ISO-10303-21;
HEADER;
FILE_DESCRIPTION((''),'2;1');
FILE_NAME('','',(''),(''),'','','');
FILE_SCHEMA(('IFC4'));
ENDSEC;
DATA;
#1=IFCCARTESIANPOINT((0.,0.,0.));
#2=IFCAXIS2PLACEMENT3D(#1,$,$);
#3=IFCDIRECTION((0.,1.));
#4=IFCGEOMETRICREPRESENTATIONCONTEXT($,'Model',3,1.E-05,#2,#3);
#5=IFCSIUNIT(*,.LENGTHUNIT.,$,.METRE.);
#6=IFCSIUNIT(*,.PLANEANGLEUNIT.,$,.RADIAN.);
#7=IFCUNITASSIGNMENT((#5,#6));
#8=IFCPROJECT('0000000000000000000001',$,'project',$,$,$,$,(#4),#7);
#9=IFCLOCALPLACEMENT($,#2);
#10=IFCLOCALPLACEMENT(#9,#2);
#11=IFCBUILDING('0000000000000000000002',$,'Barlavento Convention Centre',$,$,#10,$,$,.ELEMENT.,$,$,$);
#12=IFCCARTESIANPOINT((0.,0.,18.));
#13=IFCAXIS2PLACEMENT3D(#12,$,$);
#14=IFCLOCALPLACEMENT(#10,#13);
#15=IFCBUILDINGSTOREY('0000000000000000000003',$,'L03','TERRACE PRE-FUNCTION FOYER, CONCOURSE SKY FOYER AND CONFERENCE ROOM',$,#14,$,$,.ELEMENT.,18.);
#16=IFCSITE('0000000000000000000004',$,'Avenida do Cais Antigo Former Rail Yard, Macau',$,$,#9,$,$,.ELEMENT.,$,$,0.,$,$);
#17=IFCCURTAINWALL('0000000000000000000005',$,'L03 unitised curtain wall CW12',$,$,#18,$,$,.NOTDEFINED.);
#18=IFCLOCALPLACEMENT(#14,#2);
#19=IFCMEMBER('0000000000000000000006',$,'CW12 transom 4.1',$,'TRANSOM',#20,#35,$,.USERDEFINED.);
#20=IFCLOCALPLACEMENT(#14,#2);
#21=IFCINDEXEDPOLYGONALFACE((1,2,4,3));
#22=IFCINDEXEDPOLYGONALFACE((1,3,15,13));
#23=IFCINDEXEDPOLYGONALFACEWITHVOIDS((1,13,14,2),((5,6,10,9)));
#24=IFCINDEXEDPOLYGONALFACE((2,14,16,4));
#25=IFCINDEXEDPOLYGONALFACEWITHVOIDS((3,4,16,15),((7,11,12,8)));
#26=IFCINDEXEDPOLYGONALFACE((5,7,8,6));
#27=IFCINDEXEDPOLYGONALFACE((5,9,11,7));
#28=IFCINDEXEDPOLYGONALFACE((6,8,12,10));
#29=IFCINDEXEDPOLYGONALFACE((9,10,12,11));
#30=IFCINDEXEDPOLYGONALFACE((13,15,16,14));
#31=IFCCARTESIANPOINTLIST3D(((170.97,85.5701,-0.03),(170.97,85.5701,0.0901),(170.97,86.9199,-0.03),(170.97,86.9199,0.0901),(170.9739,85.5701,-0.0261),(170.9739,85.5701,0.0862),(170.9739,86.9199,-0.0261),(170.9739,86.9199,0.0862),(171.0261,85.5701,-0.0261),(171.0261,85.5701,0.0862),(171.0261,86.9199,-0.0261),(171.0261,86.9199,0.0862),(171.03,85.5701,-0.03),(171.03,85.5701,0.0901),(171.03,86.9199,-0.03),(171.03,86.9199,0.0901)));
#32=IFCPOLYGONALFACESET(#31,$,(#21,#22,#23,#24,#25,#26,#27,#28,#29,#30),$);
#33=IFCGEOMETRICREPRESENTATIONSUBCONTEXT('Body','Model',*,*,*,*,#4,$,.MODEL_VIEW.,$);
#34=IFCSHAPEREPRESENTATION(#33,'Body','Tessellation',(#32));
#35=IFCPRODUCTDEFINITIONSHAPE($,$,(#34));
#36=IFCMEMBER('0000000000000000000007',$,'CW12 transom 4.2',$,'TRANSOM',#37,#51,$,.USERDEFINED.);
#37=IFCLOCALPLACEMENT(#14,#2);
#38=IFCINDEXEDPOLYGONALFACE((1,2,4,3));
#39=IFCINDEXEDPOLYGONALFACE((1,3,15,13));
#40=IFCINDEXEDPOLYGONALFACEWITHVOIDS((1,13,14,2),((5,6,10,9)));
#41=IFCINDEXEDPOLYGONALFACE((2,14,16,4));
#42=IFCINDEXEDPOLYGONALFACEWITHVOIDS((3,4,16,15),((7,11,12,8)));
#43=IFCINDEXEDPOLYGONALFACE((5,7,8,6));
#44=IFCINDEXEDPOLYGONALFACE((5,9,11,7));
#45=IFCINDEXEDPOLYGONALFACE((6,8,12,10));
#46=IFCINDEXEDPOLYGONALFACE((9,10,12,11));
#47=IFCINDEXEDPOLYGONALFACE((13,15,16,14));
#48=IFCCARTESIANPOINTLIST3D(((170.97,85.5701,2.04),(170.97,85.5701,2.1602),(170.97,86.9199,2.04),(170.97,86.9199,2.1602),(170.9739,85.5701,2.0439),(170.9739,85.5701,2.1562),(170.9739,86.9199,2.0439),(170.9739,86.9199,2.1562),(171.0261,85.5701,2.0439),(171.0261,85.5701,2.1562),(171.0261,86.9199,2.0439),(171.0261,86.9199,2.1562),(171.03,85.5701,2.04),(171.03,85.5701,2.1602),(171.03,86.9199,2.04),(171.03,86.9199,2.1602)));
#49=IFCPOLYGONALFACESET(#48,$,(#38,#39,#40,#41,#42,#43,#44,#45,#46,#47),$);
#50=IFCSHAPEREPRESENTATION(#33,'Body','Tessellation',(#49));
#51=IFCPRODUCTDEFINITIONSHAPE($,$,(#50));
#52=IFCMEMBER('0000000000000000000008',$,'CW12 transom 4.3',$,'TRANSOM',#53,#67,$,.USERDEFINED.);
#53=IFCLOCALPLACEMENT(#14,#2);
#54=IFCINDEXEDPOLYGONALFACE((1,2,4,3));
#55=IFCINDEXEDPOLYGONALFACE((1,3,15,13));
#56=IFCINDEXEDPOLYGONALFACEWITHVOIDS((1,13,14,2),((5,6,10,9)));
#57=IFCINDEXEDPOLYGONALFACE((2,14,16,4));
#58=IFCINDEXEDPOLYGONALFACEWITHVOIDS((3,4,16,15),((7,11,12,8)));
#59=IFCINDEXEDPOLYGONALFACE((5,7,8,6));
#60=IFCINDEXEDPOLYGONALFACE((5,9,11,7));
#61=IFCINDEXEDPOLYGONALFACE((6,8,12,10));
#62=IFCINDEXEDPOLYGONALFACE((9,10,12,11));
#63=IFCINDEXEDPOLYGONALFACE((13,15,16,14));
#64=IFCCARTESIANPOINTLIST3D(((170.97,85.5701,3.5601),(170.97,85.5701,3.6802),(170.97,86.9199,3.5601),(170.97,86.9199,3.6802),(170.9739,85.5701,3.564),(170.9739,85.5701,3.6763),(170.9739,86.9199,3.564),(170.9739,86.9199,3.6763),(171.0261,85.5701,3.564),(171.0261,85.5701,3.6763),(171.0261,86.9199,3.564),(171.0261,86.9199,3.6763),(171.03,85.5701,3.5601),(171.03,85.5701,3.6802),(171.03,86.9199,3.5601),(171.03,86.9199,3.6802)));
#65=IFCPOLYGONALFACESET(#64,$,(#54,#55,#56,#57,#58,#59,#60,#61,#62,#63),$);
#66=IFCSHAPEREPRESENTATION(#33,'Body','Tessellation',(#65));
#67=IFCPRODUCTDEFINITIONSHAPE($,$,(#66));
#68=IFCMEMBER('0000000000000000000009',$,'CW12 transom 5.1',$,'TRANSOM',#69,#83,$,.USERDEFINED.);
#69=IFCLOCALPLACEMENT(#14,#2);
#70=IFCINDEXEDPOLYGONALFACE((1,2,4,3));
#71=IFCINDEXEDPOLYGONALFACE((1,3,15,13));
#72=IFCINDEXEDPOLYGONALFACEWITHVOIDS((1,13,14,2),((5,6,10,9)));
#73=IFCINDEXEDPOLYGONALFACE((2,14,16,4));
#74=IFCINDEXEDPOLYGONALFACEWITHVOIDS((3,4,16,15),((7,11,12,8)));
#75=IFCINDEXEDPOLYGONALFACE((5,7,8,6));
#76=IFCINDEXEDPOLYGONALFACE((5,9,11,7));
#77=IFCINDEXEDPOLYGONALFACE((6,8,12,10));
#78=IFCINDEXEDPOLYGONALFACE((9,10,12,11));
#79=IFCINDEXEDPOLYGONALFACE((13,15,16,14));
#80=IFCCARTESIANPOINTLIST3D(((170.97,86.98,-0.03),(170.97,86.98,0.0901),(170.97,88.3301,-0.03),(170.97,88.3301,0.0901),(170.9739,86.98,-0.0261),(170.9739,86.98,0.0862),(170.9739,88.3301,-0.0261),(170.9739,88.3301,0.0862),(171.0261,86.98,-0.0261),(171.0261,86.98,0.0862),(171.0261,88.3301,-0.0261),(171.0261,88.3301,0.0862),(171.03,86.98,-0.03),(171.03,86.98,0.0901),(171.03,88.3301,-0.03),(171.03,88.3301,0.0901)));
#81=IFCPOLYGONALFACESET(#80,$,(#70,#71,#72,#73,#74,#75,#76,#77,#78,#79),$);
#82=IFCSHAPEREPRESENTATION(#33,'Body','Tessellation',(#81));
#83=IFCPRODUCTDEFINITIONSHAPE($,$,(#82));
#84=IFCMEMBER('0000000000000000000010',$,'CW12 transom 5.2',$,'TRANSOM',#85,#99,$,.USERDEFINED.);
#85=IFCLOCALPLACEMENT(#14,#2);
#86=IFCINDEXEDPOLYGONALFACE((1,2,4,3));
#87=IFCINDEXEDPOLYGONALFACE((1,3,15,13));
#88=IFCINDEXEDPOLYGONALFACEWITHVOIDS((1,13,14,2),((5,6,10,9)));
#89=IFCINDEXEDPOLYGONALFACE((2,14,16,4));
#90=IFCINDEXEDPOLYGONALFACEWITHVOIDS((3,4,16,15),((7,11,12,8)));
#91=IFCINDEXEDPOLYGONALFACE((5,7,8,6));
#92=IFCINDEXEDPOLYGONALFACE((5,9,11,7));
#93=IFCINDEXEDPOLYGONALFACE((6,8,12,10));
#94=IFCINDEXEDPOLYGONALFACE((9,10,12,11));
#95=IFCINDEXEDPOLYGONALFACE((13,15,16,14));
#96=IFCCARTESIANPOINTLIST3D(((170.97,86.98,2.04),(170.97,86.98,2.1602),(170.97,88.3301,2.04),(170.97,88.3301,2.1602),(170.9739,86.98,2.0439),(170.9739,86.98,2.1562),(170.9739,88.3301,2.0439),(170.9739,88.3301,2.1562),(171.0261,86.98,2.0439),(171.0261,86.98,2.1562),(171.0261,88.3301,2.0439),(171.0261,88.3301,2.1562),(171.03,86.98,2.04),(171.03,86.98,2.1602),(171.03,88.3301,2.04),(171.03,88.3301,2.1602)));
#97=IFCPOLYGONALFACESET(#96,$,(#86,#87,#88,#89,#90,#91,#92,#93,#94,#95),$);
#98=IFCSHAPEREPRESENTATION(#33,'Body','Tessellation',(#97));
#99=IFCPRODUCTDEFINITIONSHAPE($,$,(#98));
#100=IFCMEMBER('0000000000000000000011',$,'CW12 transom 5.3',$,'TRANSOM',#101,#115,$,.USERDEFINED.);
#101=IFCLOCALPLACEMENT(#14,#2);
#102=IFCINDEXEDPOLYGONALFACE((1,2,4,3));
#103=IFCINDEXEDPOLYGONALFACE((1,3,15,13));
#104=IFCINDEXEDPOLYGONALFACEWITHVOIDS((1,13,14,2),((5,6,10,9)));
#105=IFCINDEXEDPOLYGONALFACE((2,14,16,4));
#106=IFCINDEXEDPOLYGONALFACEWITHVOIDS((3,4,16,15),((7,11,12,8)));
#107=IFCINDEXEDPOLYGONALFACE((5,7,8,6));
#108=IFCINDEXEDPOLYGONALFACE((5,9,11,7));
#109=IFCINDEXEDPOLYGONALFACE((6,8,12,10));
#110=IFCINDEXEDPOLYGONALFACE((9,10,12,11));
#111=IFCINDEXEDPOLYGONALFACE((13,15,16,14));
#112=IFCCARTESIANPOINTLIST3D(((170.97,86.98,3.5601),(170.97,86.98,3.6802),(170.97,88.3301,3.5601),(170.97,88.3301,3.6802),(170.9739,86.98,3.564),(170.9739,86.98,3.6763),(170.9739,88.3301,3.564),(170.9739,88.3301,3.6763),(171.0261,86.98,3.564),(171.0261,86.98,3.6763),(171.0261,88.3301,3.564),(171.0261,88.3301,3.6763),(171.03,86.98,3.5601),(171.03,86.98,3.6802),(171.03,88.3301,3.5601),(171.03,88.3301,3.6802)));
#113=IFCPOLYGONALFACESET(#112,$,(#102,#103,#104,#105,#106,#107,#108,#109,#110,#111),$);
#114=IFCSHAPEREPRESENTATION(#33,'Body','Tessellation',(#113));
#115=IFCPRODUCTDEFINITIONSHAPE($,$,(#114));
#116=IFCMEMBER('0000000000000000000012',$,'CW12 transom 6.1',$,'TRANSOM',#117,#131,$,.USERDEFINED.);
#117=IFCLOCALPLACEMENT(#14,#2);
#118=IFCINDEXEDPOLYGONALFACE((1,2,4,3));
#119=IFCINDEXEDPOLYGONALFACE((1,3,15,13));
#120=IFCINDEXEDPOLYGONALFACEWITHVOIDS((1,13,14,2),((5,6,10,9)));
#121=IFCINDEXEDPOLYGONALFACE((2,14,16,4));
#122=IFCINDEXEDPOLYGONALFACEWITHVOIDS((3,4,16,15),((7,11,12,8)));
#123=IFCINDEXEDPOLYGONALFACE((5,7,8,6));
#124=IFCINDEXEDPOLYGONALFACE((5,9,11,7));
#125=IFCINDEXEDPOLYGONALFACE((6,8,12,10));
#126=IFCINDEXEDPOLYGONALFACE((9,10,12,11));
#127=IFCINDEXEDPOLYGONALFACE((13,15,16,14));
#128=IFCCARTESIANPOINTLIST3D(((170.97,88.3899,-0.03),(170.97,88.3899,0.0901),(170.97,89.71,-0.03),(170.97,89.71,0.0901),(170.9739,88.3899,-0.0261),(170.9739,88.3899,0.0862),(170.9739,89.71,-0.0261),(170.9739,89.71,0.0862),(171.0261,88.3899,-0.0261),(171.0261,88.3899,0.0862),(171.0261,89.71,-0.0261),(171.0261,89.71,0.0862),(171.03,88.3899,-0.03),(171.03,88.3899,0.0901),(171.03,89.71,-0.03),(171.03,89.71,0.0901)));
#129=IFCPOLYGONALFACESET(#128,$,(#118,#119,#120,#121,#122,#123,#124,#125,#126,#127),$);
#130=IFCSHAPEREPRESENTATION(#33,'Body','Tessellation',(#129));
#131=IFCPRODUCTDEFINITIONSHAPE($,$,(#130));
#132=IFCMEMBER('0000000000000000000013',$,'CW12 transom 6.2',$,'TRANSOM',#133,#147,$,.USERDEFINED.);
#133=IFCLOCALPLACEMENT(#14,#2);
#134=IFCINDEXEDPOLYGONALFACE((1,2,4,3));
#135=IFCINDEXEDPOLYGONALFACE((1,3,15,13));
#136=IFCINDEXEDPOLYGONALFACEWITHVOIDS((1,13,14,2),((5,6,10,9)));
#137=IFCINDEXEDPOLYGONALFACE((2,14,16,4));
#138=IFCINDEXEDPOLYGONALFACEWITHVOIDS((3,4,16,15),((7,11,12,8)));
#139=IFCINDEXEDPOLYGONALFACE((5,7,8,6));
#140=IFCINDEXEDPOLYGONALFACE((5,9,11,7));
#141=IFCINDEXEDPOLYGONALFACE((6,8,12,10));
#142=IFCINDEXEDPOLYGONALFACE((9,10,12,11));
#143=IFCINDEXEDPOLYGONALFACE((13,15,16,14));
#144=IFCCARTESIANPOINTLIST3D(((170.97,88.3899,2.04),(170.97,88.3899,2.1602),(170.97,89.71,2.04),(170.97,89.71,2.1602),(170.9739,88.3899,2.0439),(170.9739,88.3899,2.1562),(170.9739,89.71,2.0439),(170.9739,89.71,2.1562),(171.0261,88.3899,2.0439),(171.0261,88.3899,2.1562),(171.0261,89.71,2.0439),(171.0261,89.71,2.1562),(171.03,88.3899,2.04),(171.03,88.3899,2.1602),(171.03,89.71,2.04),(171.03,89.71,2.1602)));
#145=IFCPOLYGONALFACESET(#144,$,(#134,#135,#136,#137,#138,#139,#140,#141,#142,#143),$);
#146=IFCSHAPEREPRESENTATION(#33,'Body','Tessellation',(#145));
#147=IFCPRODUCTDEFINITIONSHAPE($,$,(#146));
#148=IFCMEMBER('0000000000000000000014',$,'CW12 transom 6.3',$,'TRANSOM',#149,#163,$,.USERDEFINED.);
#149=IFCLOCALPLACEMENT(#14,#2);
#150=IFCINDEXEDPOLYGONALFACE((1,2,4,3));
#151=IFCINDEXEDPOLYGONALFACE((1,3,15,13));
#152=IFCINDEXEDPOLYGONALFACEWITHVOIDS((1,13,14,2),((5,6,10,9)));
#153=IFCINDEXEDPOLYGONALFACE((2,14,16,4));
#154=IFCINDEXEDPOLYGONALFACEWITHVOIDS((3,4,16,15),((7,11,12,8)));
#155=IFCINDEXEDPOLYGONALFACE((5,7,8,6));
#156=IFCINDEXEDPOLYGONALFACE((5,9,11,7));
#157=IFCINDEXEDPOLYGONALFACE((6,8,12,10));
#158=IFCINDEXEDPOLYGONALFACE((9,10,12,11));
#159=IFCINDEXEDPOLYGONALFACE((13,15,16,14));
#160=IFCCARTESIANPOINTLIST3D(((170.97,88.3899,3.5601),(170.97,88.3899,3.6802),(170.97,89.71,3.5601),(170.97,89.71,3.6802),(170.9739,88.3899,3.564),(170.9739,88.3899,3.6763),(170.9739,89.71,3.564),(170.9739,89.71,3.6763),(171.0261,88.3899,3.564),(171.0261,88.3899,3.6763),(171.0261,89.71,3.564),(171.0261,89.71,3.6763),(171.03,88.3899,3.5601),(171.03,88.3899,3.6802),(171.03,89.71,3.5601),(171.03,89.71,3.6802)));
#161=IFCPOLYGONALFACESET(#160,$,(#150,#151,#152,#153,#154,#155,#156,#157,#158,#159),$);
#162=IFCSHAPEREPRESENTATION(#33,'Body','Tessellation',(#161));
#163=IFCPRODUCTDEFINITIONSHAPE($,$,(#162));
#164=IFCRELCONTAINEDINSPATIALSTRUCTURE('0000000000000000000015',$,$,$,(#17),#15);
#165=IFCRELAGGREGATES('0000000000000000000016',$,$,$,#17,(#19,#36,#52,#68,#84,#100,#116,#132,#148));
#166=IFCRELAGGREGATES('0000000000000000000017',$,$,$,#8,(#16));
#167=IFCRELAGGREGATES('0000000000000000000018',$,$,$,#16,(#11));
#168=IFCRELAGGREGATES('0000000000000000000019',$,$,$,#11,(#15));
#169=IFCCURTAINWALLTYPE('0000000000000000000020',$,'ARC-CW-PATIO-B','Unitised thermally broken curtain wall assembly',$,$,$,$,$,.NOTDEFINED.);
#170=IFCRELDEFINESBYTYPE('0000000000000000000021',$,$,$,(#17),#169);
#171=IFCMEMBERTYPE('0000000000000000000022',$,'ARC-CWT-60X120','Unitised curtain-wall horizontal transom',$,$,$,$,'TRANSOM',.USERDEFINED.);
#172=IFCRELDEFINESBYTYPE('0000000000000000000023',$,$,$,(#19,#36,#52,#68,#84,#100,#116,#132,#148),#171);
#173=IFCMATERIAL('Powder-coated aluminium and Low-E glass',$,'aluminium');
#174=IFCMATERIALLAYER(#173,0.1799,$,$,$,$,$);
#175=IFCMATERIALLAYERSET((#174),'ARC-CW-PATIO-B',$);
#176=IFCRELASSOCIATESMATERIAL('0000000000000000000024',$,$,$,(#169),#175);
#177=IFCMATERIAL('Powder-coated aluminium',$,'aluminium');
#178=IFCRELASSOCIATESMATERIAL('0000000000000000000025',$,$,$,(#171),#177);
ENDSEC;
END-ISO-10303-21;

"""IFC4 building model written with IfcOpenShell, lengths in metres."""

from ifc_helpers import new_model, si_unit, direction, frame, origin, origin_2d, place, context, subcontext, project, spatial, hollow_rectangle, extrude, material, layer, layer_set, material_profile, profile_set, type_object, element, aggregate, save


model = new_model("IFC4")

# Units and contexts
model_context = context("Model", 3, precision=1e-05, world=origin(), true_north=direction((0.0, 1.0)))
body_context = subcontext(model_context, "Body", "Model", "MODEL_VIEW")
ifc_project = project(units=[si_unit("LENGTHUNIT", "METRE"), si_unit("PLANEANGLEUNIT", "RADIAN")], contexts=[model_context])

# Site, building, storey
site_placement = place(None, origin())
site = spatial("IfcSite", under=ifc_project, at=site_placement, Name="Avenida do Cais Antigo Former Rail Yard, Macau", CompositionType="ELEMENT", RefElevation=0.0)
building_placement = place(site_placement, origin())
building = spatial("IfcBuilding", under=site, at=building_placement, Name="Barlavento Convention Centre", CompositionType="ELEMENT")
storey_placement = place(building_placement, frame((0.0, 0.0, 18.0)))
storey = spatial("IfcBuildingStorey", under=building, at=storey_placement, Name="L03", Description="TERRACE PRE-FUNCTION FOYER, CONCOURSE SKY FOYER AND CONFERENCE ROOM", CompositionType="ELEMENT", Elevation=18.0)

# Curtain wall, members
ifc_material_1 = material(Name="Powder-coated aluminium and Low-E glass", Category="aluminium")
ifc_layer_1 = layer(ifc_material_1, 0.1799)
ifc_layer_set_1 = layer_set([ifc_layer_1], Name="ARC-CW-PATIO-B")
curtain_wall_type = type_object("IfcCurtainWallType", Name="ARC-CW-PATIO-B", Description="Unitised thermally broken curtain wall assembly", PredefinedType="NOTDEFINED", material=ifc_layer_set_1)
curtain_wall_placement = place(storey_placement, origin())
curtain_wall = element("IfcCurtainWall", 1, at=curtain_wall_placement, inside=storey, type_object=curtain_wall_type, Name="L03 unitised curtain wall CW12", PredefinedType="NOTDEFINED")
ifc_material_2 = material(Name="Powder-coated aluminium", Category="aluminium")
ifc_material_profile_1 = material_profile(ifc_material_2, hollow_rectangle(XDim=0.0601, YDim=0.1201, WallThickness=0.0039, at=origin_2d()), Name="AL-TRAN 60x120x4")
ifc_profile_set_1 = profile_set([ifc_material_profile_1], Name="Powder-coated aluminium")
member_type_1 = type_object("IfcMemberType", Name="ARC-CWT-60X120", Description="Unitised curtain-wall horizontal transom", ElementType="TRANSOM", PredefinedType="USERDEFINED", material=ifc_profile_set_1)
member_1_placement = place(storey_placement, frame((171.0, 85.5701, 0.03), z_axis=(0.0, 1.0, 0.0), x_axis=(-1.0, 0.0, 0.0)))
member_1 = element("IfcMember", 2, at=member_1_placement, type_object=member_type_1, Name="CW12 transom 4.1", ObjectType="TRANSOM", PredefinedType="USERDEFINED", context=body_context, shape_type="SweptSolid", body=[
    extrude(hollow_rectangle(XDim=0.0601, YDim=0.1201, WallThickness=0.0039, at=origin_2d()), origin(), (0.0, 0.0, 1.0), 1.3499),
])
member_2_placement = place(storey_placement, frame((171.0, 85.5701, 2.1001), z_axis=(0.0, 1.0, 0.0), x_axis=(-1.0, 0.0, 0.0)))
member_2 = element("IfcMember", 3, at=member_2_placement, type_object=member_type_1, Name="CW12 transom 4.2", ObjectType="TRANSOM", PredefinedType="USERDEFINED", context=body_context, shape_type="SweptSolid", body=[
    extrude(hollow_rectangle(XDim=0.0601, YDim=0.1201, WallThickness=0.0039, at=origin_2d()), origin(), (0.0, 0.0, 1.0), 1.3499),
])
member_3_placement = place(storey_placement, frame((171.0, 85.5701, 3.6201), z_axis=(0.0, 1.0, 0.0), x_axis=(-1.0, 0.0, 0.0)))
member_3 = element("IfcMember", 4, at=member_3_placement, type_object=member_type_1, Name="CW12 transom 4.3", ObjectType="TRANSOM", PredefinedType="USERDEFINED", context=body_context, shape_type="SweptSolid", body=[
    extrude(hollow_rectangle(XDim=0.0601, YDim=0.1201, WallThickness=0.0039, at=origin_2d()), origin(), (0.0, 0.0, 1.0), 1.3499),
])
member_4_placement = place(storey_placement, frame((171.0, 86.98, 0.03), z_axis=(0.0, 1.0, 0.0), x_axis=(-1.0, 0.0, 0.0)))
member_4 = element("IfcMember", 5, at=member_4_placement, type_object=member_type_1, Name="CW12 transom 5.1", ObjectType="TRANSOM", PredefinedType="USERDEFINED", context=body_context, shape_type="SweptSolid", body=[
    extrude(hollow_rectangle(XDim=0.0601, YDim=0.1201, WallThickness=0.0039, at=origin_2d()), origin(), (0.0, 0.0, 1.0), 1.3501),
])
member_5_placement = place(storey_placement, frame((171.0, 86.98, 2.1001), z_axis=(0.0, 1.0, 0.0), x_axis=(-1.0, 0.0, 0.0)))
member_5 = element("IfcMember", 6, at=member_5_placement, type_object=member_type_1, Name="CW12 transom 5.2", ObjectType="TRANSOM", PredefinedType="USERDEFINED", context=body_context, shape_type="SweptSolid", body=[
    extrude(hollow_rectangle(XDim=0.0601, YDim=0.1201, WallThickness=0.0039, at=origin_2d()), origin(), (0.0, 0.0, 1.0), 1.3501),
])
member_6_placement = place(storey_placement, frame((171.0, 86.98, 3.6201), z_axis=(0.0, 1.0, 0.0), x_axis=(-1.0, 0.0, 0.0)))
member_6 = element("IfcMember", 7, at=member_6_placement, type_object=member_type_1, Name="CW12 transom 5.3", ObjectType="TRANSOM", PredefinedType="USERDEFINED", context=body_context, shape_type="SweptSolid", body=[
    extrude(hollow_rectangle(XDim=0.0601, YDim=0.1201, WallThickness=0.0039, at=origin_2d()), origin(), (0.0, 0.0, 1.0), 1.3501),
])
member_7_placement = place(storey_placement, frame((171.0, 88.3899, 0.03), z_axis=(0.0, 1.0, 0.0), x_axis=(-1.0, 0.0, 0.0)))
member_7 = element("IfcMember", 8, at=member_7_placement, type_object=member_type_1, Name="CW12 transom 6.1", ObjectType="TRANSOM", PredefinedType="USERDEFINED", context=body_context, shape_type="SweptSolid", body=[
    extrude(hollow_rectangle(XDim=0.0601, YDim=0.1201, WallThickness=0.0039, at=origin_2d()), origin(), (0.0, 0.0, 1.0), 1.3201),
])
member_8_placement = place(storey_placement, frame((171.0, 88.3899, 2.1001), z_axis=(0.0, 1.0, 0.0), x_axis=(-1.0, 0.0, 0.0)))
member_8 = element("IfcMember", 9, at=member_8_placement, type_object=member_type_1, Name="CW12 transom 6.2", ObjectType="TRANSOM", PredefinedType="USERDEFINED", context=body_context, shape_type="SweptSolid", body=[
    extrude(hollow_rectangle(XDim=0.0601, YDim=0.1201, WallThickness=0.0039, at=origin_2d()), origin(), (0.0, 0.0, 1.0), 1.3201),
])
member_9_placement = place(storey_placement, frame((171.0, 88.3899, 3.6201), z_axis=(0.0, 1.0, 0.0), x_axis=(-1.0, 0.0, 0.0)))
member_9 = element("IfcMember", 10, at=member_9_placement, type_object=member_type_1, Name="CW12 transom 6.3", ObjectType="TRANSOM", PredefinedType="USERDEFINED", context=body_context, shape_type="SweptSolid", body=[
    extrude(hollow_rectangle(XDim=0.0601, YDim=0.1201, WallThickness=0.0039, at=origin_2d()), origin(), (0.0, 0.0, 1.0), 1.3201),
])

aggregate(curtain_wall, [member_1, member_2, member_3, member_4, member_5, member_6, member_7, member_8, member_9])

save(model, "model.ifc")
